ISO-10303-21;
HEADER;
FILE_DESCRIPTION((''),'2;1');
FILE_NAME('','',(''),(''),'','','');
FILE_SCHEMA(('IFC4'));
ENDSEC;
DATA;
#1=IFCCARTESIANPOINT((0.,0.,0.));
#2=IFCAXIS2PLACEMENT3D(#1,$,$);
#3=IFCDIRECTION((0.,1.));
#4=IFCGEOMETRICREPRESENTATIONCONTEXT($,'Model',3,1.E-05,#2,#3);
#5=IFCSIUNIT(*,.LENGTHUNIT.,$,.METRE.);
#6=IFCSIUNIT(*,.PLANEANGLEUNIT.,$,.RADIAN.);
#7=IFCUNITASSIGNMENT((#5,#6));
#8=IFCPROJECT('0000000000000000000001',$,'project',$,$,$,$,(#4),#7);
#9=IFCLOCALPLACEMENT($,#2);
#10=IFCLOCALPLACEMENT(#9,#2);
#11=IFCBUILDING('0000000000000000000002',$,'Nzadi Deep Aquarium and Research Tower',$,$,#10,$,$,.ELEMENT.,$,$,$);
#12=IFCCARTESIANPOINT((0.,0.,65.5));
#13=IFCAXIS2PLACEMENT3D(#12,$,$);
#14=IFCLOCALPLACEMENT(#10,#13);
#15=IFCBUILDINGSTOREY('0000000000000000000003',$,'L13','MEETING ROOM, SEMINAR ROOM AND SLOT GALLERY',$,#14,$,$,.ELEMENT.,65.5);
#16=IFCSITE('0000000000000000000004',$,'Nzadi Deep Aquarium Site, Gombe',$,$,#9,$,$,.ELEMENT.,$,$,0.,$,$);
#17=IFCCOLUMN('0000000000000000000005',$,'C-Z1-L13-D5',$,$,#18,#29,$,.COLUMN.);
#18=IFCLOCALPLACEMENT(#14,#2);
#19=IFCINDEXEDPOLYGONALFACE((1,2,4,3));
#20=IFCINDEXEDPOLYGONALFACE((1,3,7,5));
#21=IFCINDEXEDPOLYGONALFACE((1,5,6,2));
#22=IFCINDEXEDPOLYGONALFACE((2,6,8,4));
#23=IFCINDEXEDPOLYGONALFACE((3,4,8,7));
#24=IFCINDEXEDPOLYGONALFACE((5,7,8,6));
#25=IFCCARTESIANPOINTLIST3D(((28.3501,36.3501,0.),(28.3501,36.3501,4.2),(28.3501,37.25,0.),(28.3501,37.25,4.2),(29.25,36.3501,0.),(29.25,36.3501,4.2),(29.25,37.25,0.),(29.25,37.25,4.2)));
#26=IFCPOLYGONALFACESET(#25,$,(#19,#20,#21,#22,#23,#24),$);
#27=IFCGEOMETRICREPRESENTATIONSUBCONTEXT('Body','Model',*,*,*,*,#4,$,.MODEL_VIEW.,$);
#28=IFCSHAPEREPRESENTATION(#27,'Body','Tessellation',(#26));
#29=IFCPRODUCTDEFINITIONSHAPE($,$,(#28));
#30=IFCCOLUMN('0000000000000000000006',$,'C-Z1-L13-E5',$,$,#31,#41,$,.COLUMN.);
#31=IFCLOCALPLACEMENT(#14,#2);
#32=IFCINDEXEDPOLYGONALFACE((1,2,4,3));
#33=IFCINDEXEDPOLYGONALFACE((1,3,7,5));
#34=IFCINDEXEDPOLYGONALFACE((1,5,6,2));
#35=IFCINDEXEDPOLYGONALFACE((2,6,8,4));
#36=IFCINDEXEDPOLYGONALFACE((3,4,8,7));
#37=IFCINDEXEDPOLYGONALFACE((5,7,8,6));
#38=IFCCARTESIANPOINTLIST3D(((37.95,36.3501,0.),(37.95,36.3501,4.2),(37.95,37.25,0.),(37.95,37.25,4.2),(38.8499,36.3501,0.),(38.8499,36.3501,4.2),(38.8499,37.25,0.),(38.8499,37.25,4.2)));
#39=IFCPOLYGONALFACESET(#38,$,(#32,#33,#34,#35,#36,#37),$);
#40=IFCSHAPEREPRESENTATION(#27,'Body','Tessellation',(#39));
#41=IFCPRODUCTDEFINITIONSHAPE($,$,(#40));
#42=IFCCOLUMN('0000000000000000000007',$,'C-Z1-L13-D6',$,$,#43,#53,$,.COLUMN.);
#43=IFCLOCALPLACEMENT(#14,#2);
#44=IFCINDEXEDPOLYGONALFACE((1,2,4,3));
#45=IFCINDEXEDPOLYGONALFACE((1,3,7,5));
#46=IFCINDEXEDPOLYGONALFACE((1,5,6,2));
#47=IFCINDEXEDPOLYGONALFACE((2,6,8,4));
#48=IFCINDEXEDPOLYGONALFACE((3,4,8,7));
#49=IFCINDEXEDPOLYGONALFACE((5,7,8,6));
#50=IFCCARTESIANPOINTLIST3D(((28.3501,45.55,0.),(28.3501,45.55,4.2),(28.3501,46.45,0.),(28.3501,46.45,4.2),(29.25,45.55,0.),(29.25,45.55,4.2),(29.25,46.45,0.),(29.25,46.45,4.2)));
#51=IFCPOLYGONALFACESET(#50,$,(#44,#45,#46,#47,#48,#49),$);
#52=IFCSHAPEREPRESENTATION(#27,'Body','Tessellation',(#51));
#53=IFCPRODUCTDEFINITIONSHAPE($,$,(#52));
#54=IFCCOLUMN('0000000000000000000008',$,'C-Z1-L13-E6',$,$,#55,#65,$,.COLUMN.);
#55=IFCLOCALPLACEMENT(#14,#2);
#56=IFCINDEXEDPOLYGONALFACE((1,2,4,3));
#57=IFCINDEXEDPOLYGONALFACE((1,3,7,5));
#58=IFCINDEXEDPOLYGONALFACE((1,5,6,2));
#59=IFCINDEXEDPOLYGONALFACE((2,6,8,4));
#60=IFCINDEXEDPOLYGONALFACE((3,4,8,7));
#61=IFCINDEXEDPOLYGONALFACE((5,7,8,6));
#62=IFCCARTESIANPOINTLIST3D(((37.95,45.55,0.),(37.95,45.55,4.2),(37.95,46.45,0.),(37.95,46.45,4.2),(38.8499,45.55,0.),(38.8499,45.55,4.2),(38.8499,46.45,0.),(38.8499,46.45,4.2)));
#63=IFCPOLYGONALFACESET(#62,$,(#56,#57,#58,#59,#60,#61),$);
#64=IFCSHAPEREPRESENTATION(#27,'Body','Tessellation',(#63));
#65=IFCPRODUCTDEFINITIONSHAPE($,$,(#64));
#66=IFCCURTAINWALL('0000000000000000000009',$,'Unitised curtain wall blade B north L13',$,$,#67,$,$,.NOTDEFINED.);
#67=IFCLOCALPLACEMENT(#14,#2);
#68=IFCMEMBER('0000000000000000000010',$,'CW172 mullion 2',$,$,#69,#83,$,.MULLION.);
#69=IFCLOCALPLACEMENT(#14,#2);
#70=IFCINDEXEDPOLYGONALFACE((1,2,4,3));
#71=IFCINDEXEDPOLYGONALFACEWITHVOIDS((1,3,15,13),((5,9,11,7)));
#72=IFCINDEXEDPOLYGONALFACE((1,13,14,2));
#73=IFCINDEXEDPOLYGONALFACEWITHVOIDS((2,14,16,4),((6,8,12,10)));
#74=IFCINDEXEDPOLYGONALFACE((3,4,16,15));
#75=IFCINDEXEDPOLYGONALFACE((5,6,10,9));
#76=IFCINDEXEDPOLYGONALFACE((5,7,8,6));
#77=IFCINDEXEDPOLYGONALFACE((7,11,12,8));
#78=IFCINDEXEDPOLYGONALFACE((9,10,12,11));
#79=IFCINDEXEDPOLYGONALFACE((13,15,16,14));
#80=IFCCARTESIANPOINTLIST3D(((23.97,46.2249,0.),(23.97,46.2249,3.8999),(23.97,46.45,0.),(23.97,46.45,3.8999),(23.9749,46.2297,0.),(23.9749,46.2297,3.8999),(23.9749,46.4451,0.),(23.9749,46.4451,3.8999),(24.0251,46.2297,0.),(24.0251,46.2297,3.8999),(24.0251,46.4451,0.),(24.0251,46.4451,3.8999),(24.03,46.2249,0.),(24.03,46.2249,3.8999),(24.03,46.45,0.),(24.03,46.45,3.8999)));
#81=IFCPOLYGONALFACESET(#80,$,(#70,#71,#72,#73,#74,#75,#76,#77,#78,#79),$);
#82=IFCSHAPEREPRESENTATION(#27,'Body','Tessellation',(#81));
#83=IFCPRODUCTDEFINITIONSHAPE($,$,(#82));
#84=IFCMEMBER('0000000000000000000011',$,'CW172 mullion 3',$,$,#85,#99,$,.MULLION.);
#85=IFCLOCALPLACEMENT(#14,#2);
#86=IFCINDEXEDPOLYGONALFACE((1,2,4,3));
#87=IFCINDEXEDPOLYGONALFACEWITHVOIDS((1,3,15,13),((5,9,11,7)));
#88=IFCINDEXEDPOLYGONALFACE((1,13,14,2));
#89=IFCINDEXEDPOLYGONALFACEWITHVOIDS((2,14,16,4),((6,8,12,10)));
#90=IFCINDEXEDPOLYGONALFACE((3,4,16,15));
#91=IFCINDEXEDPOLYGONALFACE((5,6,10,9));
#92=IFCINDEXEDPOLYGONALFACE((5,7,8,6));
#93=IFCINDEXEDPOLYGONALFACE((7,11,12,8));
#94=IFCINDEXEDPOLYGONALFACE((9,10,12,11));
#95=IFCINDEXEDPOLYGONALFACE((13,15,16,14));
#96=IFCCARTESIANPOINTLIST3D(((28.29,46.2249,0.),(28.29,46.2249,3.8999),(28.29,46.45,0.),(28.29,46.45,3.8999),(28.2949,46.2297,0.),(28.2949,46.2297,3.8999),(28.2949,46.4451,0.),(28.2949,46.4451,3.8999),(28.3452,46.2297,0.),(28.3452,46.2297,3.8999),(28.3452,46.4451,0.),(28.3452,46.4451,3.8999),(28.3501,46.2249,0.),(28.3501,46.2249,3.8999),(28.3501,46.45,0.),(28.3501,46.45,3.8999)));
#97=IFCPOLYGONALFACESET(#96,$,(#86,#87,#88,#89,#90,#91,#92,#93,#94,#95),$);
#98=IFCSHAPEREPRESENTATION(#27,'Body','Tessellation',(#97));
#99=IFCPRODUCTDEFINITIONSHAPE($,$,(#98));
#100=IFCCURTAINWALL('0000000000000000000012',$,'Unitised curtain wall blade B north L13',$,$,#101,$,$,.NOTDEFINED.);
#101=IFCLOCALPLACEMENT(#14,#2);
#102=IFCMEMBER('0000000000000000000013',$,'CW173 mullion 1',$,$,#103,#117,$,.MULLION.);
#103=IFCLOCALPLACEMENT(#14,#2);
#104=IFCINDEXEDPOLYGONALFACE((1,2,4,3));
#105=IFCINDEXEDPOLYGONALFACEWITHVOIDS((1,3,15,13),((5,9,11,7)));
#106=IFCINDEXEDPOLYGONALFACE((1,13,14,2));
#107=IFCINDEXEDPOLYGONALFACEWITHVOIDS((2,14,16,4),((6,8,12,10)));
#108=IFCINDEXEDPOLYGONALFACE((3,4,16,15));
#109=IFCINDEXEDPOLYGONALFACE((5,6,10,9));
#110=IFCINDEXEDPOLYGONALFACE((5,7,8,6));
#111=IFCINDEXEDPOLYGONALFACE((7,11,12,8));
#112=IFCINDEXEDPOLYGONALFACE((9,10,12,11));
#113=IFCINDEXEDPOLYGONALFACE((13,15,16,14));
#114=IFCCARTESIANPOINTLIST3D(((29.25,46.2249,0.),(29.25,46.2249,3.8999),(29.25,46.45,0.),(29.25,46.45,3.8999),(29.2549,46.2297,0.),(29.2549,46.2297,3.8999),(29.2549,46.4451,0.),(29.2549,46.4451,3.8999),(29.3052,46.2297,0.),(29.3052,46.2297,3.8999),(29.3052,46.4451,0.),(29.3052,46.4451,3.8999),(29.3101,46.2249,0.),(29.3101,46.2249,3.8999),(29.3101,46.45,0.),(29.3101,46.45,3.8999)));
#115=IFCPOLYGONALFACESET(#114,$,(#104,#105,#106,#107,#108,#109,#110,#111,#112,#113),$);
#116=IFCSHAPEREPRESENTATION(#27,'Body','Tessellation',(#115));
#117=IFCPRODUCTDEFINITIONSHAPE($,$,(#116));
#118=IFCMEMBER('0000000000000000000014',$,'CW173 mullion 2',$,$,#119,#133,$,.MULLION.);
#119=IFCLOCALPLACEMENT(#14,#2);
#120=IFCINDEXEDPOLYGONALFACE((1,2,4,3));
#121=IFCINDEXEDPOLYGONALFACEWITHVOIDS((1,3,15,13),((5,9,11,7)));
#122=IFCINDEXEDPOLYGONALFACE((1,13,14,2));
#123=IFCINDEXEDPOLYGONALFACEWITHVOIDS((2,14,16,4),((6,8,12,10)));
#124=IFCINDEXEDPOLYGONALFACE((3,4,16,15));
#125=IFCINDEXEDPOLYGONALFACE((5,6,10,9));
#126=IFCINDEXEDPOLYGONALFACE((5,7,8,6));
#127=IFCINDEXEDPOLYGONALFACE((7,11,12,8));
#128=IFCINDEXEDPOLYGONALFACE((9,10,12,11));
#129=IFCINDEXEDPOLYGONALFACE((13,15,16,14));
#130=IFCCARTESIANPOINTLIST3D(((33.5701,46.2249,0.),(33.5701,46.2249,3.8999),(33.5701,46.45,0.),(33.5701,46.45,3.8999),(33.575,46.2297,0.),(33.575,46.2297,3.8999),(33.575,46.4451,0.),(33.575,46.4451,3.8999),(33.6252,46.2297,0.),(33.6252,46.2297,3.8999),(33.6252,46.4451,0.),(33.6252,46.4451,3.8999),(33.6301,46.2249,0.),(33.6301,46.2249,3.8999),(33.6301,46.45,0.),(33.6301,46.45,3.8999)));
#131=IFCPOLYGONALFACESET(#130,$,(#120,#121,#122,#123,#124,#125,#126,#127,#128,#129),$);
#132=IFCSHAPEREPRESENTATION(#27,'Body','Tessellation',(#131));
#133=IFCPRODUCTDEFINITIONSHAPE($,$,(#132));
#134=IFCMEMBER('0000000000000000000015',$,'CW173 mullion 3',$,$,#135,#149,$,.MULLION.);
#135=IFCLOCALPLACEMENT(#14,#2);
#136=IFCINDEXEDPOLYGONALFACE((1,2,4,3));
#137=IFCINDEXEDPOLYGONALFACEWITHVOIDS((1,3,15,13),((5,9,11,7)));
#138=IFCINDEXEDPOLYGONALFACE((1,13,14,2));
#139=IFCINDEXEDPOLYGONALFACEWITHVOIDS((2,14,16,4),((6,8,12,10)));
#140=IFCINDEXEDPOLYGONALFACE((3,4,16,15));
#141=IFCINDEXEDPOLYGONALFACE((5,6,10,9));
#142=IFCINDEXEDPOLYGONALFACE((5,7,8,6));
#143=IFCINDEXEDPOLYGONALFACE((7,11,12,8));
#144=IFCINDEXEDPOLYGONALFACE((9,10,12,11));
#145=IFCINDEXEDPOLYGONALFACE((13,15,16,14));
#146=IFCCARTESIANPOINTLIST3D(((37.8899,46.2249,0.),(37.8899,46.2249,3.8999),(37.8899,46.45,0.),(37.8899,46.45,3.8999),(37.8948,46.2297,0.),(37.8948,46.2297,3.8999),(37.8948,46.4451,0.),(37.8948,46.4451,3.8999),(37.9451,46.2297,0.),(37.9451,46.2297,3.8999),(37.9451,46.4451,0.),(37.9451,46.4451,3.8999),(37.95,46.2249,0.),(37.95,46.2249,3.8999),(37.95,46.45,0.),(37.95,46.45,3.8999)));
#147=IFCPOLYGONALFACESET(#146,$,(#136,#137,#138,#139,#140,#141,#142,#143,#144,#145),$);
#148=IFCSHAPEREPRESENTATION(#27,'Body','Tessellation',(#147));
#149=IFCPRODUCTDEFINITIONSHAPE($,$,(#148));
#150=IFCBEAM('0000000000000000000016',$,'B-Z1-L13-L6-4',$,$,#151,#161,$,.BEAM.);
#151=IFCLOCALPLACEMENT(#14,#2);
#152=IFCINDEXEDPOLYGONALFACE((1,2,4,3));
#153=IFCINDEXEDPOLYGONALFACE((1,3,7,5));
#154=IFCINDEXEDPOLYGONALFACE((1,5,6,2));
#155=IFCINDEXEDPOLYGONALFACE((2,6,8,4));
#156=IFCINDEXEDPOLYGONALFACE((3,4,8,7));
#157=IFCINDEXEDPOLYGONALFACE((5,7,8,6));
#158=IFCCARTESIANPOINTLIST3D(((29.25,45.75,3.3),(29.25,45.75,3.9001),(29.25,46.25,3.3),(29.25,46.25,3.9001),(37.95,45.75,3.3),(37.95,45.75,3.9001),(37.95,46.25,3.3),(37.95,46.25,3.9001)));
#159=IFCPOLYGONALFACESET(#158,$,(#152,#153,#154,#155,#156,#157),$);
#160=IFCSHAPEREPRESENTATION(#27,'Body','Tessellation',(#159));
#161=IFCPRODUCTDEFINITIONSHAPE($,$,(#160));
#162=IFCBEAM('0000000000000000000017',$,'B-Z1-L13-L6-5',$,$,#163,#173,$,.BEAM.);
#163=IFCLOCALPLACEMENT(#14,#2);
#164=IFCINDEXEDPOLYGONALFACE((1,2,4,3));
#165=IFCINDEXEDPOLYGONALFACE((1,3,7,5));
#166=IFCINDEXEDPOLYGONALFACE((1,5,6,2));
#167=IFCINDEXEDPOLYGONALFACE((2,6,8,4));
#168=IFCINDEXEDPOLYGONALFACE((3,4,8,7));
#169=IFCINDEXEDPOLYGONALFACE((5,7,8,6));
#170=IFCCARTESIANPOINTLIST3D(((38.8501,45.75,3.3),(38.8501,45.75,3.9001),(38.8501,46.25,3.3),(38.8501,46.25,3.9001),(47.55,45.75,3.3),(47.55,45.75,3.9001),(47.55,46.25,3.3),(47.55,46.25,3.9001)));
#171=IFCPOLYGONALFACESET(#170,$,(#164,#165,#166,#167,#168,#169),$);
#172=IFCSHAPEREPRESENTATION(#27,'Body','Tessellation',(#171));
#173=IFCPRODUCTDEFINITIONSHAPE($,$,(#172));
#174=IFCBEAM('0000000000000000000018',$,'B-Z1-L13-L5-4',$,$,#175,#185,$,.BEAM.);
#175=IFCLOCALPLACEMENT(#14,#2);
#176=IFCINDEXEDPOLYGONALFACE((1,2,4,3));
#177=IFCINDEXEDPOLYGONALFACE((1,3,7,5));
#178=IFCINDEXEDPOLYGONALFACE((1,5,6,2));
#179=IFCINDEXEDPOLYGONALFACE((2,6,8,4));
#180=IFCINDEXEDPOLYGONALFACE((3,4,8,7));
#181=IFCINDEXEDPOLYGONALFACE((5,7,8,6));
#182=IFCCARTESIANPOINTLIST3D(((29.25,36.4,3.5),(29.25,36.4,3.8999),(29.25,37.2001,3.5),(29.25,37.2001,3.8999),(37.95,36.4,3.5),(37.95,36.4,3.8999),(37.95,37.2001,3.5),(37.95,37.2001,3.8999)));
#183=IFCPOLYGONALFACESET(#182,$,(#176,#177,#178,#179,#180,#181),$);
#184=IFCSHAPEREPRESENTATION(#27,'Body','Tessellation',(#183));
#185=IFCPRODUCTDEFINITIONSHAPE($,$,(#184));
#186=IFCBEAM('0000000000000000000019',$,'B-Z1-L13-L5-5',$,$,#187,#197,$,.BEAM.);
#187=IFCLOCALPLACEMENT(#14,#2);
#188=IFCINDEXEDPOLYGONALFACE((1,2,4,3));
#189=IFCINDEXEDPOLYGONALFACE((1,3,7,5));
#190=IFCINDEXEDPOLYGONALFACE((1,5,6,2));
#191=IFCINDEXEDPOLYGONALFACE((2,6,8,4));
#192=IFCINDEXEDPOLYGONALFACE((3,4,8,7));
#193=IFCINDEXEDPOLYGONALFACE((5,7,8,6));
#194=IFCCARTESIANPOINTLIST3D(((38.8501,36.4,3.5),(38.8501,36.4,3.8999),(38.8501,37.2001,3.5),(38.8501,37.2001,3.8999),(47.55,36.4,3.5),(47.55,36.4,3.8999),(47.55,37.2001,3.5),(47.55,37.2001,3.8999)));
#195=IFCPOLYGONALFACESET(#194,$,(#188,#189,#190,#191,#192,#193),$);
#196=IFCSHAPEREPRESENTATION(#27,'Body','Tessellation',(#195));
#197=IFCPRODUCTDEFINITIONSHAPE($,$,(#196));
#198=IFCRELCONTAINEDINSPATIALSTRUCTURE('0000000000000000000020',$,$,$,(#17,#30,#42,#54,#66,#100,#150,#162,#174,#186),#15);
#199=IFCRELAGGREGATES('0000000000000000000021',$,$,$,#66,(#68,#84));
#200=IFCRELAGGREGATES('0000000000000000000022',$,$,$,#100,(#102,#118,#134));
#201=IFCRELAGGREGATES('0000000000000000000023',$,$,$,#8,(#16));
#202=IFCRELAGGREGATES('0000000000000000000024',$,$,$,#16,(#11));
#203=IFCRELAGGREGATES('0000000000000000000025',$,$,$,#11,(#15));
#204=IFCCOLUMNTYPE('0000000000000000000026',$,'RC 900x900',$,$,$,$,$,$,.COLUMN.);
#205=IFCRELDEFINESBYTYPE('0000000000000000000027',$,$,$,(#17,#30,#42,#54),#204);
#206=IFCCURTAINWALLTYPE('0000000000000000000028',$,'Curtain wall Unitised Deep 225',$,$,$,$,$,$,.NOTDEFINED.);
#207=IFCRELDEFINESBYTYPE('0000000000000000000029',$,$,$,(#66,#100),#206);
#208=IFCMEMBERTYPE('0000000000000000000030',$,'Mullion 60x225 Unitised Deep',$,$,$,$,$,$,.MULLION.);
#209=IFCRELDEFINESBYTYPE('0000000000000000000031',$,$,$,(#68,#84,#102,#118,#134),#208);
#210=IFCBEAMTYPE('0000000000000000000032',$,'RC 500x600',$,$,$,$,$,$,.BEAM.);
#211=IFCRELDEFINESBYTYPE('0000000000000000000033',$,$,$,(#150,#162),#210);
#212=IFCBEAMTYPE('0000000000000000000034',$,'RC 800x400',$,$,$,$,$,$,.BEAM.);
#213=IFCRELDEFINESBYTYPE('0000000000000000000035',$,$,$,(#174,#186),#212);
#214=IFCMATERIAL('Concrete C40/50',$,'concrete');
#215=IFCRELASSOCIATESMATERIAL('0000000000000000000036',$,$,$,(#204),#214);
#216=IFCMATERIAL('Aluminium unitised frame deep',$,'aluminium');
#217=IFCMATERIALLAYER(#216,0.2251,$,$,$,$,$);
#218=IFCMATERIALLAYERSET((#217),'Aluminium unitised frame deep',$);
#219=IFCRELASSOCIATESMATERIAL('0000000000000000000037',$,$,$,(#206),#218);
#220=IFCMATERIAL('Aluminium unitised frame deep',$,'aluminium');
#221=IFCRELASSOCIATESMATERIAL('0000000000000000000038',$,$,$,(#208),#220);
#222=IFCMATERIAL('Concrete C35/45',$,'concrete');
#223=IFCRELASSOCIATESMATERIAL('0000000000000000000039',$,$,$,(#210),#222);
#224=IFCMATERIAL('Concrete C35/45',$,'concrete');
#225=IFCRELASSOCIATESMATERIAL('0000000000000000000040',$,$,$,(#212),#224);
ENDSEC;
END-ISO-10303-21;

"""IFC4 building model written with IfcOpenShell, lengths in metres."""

from ifc_helpers import new_model, si_unit, direction, frame, origin, origin_2d, place, context, subcontext, project, spatial, rectangle, hollow_rectangle, extrude, material, layer, layer_set, material_profile, profile_set, type_object, element, aggregate, save


model = new_model("IFC4")

# Units and contexts
model_context = context("Model", 3, precision=1e-05, world=origin(), true_north=direction((0.0, 1.0)))
body_context = subcontext(model_context, "Body", "Model", "MODEL_VIEW")
ifc_project = project(units=[si_unit("LENGTHUNIT", "METRE"), si_unit("PLANEANGLEUNIT", "RADIAN")], contexts=[model_context])

# Site, building, storey
site_placement = place(None, origin())
site = spatial("IfcSite", under=ifc_project, at=site_placement, Name="Nzadi Deep Aquarium Site, Gombe", CompositionType="ELEMENT", RefElevation=0.0)
building_placement = place(site_placement, origin())
building = spatial("IfcBuilding", under=site, at=building_placement, Name="Nzadi Deep Aquarium and Research Tower", CompositionType="ELEMENT")
storey_placement = place(building_placement, frame((0.0, 0.0, 65.5)))
storey = spatial("IfcBuildingStorey", under=building, at=storey_placement, Name="L13", Description="MEETING ROOM, SEMINAR ROOM AND SLOT GALLERY", CompositionType="ELEMENT", Elevation=65.5)

# Columns
ifc_material_1 = material(Name="Concrete C40/50", Category="concrete")
ifc_material_profile_1 = material_profile(ifc_material_1, rectangle(XDim=0.8999, YDim=0.8999, at=origin_2d()))
ifc_profile_set_1 = profile_set([ifc_material_profile_1], Name="Concrete C40/50")
column_type = type_object("IfcColumnType", Name="RC 900x900", PredefinedType="COLUMN", material=ifc_profile_set_1)
for number, where, z_axis, x_axis, name in (
    (1, (28.8, 36.8, 0.0), (0.0, 0.0, 1.0), (1.0, 0.0, 0.0), "C-Z1-L13-D5"),
    (2, (38.3999, 36.8, 0.0), (0.0, 0.0, 1.0), (1.0, 0.0, 0.0), "C-Z1-L13-E5"),
    (3, (28.8, 46.0, 0.0), (0.0, 0.0, 1.0), (1.0, 0.0, 0.0), "C-Z1-L13-D6"),
    (4, (38.3999, 46.0, 0.0), (0.0, 0.0, 1.0), (1.0, 0.0, 0.0), "C-Z1-L13-E6"),
):
    element("IfcColumn", number, at=place(storey_placement, frame(where, z_axis=z_axis, x_axis=x_axis)), inside=storey, type_object=column_type, Name=name, PredefinedType="COLUMN", context=body_context, shape_type="SweptSolid", body=[
        extrude(rectangle(XDim=0.8999, YDim=0.8999, at=origin_2d()), origin(), (0.0, 0.0, 1.0), 4.2),
    ])

# Curtain walls, members
ifc_material_2 = material(Name="Aluminium unitised frame deep", Category="aluminium")
ifc_layer_1 = layer(ifc_material_2, 0.2251)
ifc_layer_set_1 = layer_set([ifc_layer_1], Name="Aluminium unitised frame deep")
curtain_wall_type = type_object("IfcCurtainWallType", Name="Curtain wall Unitised Deep 225", PredefinedType="NOTDEFINED", material=ifc_layer_set_1)
curtain_wall_1_placement = place(storey_placement, origin())
curtain_wall_1 = element("IfcCurtainWall", 5, at=curtain_wall_1_placement, inside=storey, type_object=curtain_wall_type, Name="Unitised curtain wall blade B north L13", PredefinedType="NOTDEFINED")
ifc_material_3 = material(Name="Aluminium unitised frame deep", Category="aluminium")
ifc_material_profile_2 = material_profile(ifc_material_3, hollow_rectangle(XDim=0.2251, YDim=0.0601, WallThickness=0.0049, at=origin_2d()))
ifc_profile_set_2 = profile_set([ifc_material_profile_2], Name="Aluminium unitised frame deep")
member_type_1 = type_object("IfcMemberType", Name="Mullion 60x225 Unitised Deep", PredefinedType="MULLION", material=ifc_profile_set_2)
member_1_placement = place(storey_placement, frame((24.0, 46.3374, 0.0), z_axis=(0.0, 0.0, 1.0), x_axis=(0.0, 1.0, 0.0)))
member_1 = element("IfcMember", 6, at=member_1_placement, type_object=member_type_1, Name="CW172 mullion 2", PredefinedType="MULLION", context=body_context, shape_type="SweptSolid", body=[
    extrude(hollow_rectangle(XDim=0.2251, YDim=0.0601, WallThickness=0.0049, at=origin_2d()), origin(), (0.0, 0.0, 1.0), 3.8999),
])
member_2_placement = place(storey_placement, frame((28.3201, 46.3374, 0.0), z_axis=(0.0, 0.0, 1.0), x_axis=(0.0, 1.0, 0.0)))
member_2 = element("IfcMember", 7, at=member_2_placement, type_object=member_type_1, Name="CW172 mullion 3", PredefinedType="MULLION", context=body_context, shape_type="SweptSolid", body=[
    extrude(hollow_rectangle(XDim=0.2251, YDim=0.0601, WallThickness=0.0049, at=origin_2d()), origin(), (0.0, 0.0, 1.0), 3.8999),
])
curtain_wall_2_placement = place(storey_placement, origin())
curtain_wall_2 = element("IfcCurtainWall", 8, at=curtain_wall_2_placement, inside=storey, type_object=curtain_wall_type, Name="Unitised curtain wall blade B north L13", PredefinedType="NOTDEFINED")
member_3_placement = place(storey_placement, frame((29.28, 46.3374, 0.0), z_axis=(0.0, 0.0, 1.0), x_axis=(0.0, 1.0, 0.0)))
member_3 = element("IfcMember", 9, at=member_3_placement, type_object=member_type_1, Name="CW173 mullion 1", PredefinedType="MULLION", context=body_context, shape_type="SweptSolid", body=[
    extrude(hollow_rectangle(XDim=0.2251, YDim=0.0601, WallThickness=0.0049, at=origin_2d()), origin(), (0.0, 0.0, 1.0), 3.8999),
])
member_4_placement = place(storey_placement, frame((33.6001, 46.3374, 0.0), z_axis=(0.0, 0.0, 1.0), x_axis=(0.0, 1.0, 0.0)))
member_4 = element("IfcMember", 10, at=member_4_placement, type_object=member_type_1, Name="CW173 mullion 2", PredefinedType="MULLION", context=body_context, shape_type="SweptSolid", body=[
    extrude(hollow_rectangle(XDim=0.2251, YDim=0.0601, WallThickness=0.0049, at=origin_2d()), origin(), (0.0, 0.0, 1.0), 3.8999),
])
member_5_placement = place(storey_placement, frame((37.9199, 46.3374, 0.0), z_axis=(0.0, 0.0, 1.0), x_axis=(0.0, 1.0, 0.0)))
member_5 = element("IfcMember", 11, at=member_5_placement, type_object=member_type_1, Name="CW173 mullion 3", PredefinedType="MULLION", context=body_context, shape_type="SweptSolid", body=[
    extrude(hollow_rectangle(XDim=0.2251, YDim=0.0601, WallThickness=0.0049, at=origin_2d()), origin(), (0.0, 0.0, 1.0), 3.8999),
])

# Beams
ifc_material_4 = material(Name="Concrete C35/45", Category="concrete")
ifc_material_profile_3 = material_profile(ifc_material_4, rectangle(XDim=0.5, YDim=0.6001, at=origin_2d()))
ifc_profile_set_3 = profile_set([ifc_material_profile_3], Name="Concrete C35/45")
beam_type_1 = type_object("IfcBeamType", Name="RC 500x600", PredefinedType="BEAM", material=ifc_profile_set_3)
for number, where, z_axis, x_axis, name in (
    (12, (29.25, 46.0, 3.6001), (1.0, 0.0, 0.0), (0.0, 1.0, 0.0), "B-Z1-L13-L6-4"),
    (13, (38.8501, 46.0, 3.6001), (1.0, 0.0, 0.0), (0.0, 1.0, 0.0), "B-Z1-L13-L6-5"),
):
    element("IfcBeam", number, at=place(storey_placement, frame(where, z_axis=z_axis, x_axis=x_axis)), inside=storey, type_object=beam_type_1, Name=name, PredefinedType="BEAM", context=body_context, shape_type="SweptSolid", body=[
        extrude(rectangle(XDim=0.5, YDim=0.6001, at=origin_2d()), origin(), (0.0, 0.0, 1.0), 8.7),
    ])
ifc_material_5 = material(Name="Concrete C35/45", Category="concrete")
ifc_material_profile_4 = material_profile(ifc_material_5, rectangle(XDim=0.8, YDim=0.3999, at=origin_2d()))
ifc_profile_set_4 = profile_set([ifc_material_profile_4], Name="Concrete C35/45")
beam_type_2 = type_object("IfcBeamType", Name="RC 800x400", PredefinedType="BEAM", material=ifc_profile_set_4)
for number, where, z_axis, x_axis, name in (
    (14, (29.25, 36.8, 3.7), (1.0, 0.0, 0.0), (0.0, 1.0, 0.0), "B-Z1-L13-L5-4"),
    (15, (38.8501, 36.8, 3.7), (1.0, 0.0, 0.0), (0.0, 1.0, 0.0), "B-Z1-L13-L5-5"),
):
    element("IfcBeam", number, at=place(storey_placement, frame(where, z_axis=z_axis, x_axis=x_axis)), inside=storey, type_object=beam_type_2, Name=name, PredefinedType="BEAM", context=body_context, shape_type="SweptSolid", body=[
        extrude(rectangle(XDim=0.8, YDim=0.3999, at=origin_2d()), origin(), (0.0, 0.0, 1.0), 8.7),
    ])

aggregate(curtain_wall_1, [member_1, member_2])
aggregate(curtain_wall_2, [member_3, member_4, member_5])

save(model, "model.ifc")
